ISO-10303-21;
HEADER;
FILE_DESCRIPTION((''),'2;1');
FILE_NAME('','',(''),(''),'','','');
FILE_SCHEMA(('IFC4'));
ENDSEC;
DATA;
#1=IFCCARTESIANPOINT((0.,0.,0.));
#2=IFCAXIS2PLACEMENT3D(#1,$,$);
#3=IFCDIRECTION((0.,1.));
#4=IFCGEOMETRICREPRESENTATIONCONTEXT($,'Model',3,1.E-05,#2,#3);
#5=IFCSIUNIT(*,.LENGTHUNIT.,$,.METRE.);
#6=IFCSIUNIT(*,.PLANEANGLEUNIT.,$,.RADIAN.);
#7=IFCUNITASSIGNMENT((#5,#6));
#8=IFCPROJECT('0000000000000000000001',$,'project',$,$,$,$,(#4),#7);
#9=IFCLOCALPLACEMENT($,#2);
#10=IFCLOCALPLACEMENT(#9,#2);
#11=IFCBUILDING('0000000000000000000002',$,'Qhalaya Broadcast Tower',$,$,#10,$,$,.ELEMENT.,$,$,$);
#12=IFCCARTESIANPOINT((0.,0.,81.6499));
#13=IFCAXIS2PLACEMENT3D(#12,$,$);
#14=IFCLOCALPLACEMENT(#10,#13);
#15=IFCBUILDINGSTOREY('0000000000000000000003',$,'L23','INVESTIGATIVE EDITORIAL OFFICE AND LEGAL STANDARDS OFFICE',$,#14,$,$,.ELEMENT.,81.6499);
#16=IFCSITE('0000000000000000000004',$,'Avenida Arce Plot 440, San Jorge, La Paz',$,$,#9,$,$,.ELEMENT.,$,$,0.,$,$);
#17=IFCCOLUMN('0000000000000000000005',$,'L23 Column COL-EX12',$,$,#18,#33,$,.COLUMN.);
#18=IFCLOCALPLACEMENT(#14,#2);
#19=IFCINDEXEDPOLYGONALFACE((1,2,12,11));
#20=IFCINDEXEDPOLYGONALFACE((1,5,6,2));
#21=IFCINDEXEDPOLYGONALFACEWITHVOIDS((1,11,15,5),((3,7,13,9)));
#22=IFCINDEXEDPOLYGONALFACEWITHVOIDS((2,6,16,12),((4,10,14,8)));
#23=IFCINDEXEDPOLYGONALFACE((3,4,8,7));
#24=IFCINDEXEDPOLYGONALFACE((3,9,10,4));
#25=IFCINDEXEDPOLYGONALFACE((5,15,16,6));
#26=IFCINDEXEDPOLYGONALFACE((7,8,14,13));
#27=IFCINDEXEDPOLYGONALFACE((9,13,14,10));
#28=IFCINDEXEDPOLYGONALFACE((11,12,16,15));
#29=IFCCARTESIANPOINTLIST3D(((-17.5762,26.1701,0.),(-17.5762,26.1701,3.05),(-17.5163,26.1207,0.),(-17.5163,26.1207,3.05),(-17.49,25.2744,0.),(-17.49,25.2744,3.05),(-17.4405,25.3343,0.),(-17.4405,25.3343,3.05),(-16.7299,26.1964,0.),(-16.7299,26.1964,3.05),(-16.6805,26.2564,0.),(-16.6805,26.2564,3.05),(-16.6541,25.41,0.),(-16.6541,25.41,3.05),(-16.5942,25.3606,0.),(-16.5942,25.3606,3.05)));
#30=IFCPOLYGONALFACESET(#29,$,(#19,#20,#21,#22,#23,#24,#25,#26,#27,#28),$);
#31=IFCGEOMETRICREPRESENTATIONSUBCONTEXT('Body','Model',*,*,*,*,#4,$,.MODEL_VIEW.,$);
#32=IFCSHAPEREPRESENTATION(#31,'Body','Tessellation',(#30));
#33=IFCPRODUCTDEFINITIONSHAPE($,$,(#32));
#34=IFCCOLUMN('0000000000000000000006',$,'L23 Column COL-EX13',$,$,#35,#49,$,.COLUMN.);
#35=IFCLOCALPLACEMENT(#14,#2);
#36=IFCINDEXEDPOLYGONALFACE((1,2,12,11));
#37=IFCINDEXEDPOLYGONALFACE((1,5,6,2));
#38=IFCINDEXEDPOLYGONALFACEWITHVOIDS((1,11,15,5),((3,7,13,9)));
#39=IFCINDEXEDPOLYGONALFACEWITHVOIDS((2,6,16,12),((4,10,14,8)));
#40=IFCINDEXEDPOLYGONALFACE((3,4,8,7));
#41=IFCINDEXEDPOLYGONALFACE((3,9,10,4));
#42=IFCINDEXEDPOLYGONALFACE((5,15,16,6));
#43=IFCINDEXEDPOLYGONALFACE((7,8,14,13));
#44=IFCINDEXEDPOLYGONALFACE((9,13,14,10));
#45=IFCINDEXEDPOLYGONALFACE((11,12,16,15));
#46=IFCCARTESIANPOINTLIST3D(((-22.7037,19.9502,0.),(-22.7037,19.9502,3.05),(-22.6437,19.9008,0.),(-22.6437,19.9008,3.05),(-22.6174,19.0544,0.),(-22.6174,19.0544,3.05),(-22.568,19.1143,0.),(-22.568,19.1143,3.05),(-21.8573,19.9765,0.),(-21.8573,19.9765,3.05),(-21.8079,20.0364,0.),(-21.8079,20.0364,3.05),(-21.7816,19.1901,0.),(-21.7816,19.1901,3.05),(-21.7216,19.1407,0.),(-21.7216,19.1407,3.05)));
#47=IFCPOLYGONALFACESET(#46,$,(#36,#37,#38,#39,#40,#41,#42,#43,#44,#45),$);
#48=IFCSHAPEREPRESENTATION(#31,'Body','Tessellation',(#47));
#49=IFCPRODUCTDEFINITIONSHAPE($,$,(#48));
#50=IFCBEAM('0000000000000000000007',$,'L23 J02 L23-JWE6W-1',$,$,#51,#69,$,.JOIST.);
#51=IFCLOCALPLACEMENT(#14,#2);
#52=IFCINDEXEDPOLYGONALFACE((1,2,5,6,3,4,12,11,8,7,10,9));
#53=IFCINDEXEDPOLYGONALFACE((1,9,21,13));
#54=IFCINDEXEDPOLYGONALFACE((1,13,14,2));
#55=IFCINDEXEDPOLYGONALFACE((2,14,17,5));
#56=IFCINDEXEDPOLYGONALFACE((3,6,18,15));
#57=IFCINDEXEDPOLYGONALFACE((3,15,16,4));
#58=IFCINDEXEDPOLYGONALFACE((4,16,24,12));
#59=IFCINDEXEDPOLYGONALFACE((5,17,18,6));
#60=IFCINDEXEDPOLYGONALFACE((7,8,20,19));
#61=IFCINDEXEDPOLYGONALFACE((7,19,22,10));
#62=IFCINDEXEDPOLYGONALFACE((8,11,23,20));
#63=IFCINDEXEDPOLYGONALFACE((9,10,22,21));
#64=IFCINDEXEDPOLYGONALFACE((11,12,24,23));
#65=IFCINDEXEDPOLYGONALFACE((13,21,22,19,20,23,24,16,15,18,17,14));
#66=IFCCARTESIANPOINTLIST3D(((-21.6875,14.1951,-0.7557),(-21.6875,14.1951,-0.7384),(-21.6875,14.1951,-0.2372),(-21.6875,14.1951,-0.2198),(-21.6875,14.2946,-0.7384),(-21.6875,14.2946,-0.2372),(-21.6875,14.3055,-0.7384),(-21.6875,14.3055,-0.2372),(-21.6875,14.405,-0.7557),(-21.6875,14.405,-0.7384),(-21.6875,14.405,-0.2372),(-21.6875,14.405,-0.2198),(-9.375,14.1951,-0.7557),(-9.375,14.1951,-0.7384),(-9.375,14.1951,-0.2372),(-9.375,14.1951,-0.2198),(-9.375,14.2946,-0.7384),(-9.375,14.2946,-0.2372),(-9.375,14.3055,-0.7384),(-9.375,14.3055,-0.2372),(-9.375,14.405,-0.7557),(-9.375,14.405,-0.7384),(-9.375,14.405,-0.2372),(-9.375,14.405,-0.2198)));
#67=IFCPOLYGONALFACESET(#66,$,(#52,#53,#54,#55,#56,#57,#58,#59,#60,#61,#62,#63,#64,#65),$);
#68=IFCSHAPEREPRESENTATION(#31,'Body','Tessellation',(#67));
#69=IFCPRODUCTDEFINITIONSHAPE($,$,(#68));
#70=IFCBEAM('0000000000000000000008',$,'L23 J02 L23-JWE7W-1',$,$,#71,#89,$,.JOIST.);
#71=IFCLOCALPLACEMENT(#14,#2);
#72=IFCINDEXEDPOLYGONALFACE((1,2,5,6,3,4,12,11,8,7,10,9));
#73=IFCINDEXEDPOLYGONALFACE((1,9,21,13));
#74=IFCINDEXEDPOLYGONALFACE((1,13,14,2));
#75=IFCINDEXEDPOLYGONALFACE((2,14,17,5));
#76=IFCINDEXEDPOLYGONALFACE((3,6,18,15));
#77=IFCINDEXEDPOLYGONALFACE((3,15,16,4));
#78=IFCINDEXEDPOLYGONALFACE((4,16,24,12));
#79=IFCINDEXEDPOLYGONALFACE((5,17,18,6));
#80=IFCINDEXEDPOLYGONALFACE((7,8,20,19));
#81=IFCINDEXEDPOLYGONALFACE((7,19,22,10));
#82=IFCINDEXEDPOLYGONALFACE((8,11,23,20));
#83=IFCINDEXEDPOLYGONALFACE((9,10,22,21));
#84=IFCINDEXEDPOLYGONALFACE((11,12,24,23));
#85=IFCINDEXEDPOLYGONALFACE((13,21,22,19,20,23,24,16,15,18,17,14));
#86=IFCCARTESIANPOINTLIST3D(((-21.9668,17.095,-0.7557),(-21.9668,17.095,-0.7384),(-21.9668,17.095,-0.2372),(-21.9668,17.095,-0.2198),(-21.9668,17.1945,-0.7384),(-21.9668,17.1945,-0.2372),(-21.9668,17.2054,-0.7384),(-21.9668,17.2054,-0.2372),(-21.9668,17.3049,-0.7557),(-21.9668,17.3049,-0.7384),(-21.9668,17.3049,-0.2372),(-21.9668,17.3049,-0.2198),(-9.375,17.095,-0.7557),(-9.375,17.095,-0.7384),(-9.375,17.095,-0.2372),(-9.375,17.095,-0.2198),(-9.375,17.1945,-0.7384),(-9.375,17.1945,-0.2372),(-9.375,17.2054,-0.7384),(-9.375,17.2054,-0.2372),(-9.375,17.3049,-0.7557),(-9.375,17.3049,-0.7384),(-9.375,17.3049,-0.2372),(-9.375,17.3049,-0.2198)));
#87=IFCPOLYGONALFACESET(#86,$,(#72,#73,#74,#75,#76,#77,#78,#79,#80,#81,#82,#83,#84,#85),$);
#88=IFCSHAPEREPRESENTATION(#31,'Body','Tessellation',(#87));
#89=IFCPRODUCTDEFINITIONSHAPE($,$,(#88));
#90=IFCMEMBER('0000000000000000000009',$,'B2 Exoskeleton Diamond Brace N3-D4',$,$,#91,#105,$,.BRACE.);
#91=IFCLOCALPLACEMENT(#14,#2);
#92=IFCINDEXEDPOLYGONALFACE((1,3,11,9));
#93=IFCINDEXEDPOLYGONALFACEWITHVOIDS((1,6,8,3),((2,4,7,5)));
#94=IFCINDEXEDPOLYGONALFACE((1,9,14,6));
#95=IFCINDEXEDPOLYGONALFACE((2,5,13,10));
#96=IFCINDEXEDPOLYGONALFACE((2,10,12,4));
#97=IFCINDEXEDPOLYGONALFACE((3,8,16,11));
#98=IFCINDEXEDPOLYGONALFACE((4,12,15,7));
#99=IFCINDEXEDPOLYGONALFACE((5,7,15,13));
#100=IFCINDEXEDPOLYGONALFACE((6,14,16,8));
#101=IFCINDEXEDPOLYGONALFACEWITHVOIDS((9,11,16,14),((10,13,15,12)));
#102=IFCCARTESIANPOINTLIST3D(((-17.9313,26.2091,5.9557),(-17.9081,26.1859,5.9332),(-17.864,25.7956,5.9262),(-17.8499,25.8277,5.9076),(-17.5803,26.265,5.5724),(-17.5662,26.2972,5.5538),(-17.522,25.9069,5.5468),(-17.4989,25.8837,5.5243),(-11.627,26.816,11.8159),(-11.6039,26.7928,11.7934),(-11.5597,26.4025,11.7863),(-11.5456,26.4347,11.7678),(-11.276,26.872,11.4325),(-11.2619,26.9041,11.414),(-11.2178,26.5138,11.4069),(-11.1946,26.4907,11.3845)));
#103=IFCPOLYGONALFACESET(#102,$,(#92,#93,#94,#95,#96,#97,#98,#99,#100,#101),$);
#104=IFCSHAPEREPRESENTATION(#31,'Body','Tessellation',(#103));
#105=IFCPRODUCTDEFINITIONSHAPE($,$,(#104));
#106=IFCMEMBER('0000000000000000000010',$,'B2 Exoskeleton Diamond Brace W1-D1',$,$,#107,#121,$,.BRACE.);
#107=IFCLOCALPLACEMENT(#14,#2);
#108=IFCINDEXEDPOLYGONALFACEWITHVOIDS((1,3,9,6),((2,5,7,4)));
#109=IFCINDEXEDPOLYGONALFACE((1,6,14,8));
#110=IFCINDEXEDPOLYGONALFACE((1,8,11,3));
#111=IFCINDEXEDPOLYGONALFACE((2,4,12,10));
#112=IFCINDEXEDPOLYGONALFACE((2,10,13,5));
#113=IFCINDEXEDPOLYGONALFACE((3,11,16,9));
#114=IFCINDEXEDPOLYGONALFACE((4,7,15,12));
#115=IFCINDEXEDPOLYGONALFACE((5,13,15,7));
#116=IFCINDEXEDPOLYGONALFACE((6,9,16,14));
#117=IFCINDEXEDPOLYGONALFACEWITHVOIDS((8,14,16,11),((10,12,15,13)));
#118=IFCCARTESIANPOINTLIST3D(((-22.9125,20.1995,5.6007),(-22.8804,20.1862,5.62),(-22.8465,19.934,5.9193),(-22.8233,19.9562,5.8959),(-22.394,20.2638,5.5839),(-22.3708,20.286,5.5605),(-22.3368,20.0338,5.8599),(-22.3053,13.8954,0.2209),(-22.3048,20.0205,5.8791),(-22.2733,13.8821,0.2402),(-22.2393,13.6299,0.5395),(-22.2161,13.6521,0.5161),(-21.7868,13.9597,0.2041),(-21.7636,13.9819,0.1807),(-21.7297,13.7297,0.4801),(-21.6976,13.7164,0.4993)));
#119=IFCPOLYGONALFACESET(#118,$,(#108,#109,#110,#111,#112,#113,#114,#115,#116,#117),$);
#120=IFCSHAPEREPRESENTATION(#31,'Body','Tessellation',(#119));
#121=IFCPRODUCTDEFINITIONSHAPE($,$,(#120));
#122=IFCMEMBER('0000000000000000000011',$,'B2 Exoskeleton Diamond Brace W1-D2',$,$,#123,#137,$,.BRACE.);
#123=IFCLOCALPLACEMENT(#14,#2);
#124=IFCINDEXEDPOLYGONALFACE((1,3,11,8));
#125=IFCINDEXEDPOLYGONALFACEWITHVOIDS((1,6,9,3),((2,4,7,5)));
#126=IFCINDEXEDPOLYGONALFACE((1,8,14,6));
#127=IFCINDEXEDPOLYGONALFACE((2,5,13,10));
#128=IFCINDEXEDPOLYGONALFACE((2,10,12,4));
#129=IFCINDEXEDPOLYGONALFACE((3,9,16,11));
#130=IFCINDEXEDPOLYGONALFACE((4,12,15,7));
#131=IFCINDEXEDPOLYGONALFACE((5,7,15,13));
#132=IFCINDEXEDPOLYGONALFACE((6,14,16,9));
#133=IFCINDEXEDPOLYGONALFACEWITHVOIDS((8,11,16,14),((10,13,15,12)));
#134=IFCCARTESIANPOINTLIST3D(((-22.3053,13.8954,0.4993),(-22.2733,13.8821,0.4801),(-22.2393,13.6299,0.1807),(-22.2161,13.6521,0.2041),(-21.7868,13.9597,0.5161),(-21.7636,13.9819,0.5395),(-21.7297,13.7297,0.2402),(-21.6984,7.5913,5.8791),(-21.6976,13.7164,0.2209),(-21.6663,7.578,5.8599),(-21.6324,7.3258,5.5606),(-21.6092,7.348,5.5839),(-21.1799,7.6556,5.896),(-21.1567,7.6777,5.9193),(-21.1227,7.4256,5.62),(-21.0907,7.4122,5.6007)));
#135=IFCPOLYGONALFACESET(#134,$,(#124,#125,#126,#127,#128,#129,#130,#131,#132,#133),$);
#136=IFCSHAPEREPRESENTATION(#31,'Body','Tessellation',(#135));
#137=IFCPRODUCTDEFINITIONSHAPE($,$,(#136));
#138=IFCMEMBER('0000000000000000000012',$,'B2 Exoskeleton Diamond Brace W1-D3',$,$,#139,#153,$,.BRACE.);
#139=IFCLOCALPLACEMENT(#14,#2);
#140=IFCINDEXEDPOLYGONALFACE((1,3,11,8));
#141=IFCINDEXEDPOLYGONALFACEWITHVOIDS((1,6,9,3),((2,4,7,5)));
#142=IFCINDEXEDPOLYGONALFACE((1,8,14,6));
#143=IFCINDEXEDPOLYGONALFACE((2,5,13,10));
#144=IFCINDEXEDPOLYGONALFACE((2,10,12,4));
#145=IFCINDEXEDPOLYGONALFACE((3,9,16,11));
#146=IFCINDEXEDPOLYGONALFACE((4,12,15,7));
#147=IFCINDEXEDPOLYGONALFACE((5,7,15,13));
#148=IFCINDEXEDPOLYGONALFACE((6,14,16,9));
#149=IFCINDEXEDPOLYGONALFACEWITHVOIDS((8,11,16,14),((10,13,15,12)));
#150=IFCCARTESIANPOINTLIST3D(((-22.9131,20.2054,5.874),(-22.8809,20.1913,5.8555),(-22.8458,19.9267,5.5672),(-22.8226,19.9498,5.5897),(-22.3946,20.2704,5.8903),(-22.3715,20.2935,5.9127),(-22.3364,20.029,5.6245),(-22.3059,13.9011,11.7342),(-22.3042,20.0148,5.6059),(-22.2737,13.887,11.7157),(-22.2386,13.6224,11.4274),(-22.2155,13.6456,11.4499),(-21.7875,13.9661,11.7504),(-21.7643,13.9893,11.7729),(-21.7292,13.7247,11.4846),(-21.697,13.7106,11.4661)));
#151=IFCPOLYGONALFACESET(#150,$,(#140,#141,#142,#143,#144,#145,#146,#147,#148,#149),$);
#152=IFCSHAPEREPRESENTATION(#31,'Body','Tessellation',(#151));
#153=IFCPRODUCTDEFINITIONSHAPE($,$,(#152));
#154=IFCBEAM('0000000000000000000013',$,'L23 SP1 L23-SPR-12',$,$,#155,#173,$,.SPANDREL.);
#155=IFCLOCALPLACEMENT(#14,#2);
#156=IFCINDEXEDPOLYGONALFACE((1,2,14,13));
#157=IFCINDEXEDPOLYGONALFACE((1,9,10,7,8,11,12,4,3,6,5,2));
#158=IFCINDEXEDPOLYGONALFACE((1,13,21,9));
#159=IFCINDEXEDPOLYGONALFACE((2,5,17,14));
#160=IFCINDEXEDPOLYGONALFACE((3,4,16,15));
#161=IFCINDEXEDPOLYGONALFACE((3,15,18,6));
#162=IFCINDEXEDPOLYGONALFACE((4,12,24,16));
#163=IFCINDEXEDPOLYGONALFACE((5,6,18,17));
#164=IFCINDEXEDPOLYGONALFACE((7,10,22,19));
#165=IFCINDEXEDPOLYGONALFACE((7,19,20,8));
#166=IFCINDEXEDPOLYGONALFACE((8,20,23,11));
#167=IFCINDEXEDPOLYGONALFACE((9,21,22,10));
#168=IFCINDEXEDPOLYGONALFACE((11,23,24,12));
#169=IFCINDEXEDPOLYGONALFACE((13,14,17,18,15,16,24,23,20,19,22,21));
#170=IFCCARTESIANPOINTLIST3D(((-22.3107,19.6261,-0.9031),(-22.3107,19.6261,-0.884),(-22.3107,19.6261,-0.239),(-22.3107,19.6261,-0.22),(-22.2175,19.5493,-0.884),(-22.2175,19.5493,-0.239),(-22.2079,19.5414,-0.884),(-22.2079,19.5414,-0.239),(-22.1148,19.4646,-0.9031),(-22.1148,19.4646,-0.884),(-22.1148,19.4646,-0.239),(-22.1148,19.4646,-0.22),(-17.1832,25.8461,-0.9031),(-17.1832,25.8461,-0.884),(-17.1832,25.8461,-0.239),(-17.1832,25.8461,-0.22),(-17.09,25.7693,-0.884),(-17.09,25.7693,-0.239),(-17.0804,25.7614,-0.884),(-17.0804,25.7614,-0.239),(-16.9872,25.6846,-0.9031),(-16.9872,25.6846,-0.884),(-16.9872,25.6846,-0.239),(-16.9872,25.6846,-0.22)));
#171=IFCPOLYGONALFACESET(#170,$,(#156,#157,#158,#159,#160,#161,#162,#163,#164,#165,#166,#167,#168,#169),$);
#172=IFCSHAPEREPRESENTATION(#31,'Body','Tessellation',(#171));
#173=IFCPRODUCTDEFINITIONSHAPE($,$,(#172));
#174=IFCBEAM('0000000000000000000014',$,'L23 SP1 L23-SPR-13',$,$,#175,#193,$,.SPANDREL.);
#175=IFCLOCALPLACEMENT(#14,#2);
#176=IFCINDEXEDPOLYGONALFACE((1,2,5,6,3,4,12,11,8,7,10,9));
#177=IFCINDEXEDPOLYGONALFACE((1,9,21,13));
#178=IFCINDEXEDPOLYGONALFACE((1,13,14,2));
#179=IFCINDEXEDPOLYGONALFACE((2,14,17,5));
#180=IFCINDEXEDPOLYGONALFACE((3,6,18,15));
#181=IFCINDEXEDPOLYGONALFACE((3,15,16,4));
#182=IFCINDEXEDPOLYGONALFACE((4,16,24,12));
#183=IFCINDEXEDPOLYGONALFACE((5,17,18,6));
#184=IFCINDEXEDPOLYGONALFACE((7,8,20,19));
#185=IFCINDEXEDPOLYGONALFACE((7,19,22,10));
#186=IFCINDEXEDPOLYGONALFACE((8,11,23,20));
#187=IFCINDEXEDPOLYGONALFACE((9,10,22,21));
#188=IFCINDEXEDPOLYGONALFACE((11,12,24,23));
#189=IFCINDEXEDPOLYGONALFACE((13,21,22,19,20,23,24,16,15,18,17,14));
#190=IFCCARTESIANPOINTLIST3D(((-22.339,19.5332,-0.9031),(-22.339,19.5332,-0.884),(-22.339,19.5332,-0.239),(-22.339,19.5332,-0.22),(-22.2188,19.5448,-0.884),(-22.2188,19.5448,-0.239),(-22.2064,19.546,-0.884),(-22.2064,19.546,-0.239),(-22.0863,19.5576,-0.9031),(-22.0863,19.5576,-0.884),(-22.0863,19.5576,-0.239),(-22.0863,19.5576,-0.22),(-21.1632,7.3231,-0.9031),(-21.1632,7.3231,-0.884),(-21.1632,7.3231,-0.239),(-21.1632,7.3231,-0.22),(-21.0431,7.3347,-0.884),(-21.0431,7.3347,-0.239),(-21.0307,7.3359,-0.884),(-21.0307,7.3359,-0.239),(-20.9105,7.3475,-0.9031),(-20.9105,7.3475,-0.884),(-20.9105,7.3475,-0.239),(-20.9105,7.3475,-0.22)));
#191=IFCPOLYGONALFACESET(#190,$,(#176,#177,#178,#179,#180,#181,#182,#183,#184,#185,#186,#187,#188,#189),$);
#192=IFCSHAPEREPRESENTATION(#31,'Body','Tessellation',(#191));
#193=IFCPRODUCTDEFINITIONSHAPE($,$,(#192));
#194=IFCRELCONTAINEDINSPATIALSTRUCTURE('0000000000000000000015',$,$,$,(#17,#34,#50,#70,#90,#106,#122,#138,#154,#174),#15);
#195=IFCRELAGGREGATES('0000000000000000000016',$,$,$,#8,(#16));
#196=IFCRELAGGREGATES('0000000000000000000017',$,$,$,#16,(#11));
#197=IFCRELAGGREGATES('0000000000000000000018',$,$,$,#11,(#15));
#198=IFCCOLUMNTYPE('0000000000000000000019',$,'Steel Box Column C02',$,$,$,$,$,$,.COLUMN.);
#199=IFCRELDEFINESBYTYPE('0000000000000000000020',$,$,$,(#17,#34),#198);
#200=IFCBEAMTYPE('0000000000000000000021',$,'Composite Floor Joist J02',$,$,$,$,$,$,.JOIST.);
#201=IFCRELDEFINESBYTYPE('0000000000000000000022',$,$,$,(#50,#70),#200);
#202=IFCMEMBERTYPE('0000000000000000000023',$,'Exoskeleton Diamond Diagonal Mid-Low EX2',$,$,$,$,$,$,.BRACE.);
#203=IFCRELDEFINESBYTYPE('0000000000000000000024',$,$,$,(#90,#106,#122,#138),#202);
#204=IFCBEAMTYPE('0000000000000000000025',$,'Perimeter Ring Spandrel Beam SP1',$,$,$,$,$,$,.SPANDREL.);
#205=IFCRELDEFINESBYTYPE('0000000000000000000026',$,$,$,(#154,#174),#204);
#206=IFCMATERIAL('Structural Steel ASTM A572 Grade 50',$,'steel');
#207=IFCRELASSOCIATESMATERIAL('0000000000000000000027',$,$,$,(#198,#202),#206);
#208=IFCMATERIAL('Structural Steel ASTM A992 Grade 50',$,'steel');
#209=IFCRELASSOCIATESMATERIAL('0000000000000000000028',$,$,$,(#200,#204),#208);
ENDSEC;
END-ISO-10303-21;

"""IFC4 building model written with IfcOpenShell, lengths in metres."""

from ifc_helpers import new_model, si_unit, direction, frame, origin, origin_2d, place, context, subcontext, project, spatial, hollow_rectangle, i_section, extrude, material, material_profile, profile_set, type_object, element, save


model = new_model("IFC4")

# Units and contexts
model_context = context("Model", 3, precision=1e-05, world=origin(), true_north=direction((0.0, 1.0)))
body_context = subcontext(model_context, "Body", "Model", "MODEL_VIEW")
ifc_project = project(units=[si_unit("LENGTHUNIT", "METRE"), si_unit("PLANEANGLEUNIT", "RADIAN")], contexts=[model_context])

# Site, building, storey
site_placement = place(None, origin())
site = spatial("IfcSite", under=ifc_project, at=site_placement, Name="Avenida Arce Plot 440, San Jorge, La Paz", CompositionType="ELEMENT", RefElevation=0.0)
building_placement = place(site_placement, origin())
building = spatial("IfcBuilding", under=site, at=building_placement, Name="Qhalaya Broadcast Tower", CompositionType="ELEMENT")
storey_placement = place(building_placement, frame((0.0, 0.0, 81.6499)))
storey = spatial("IfcBuildingStorey", under=building, at=storey_placement, Name="L23", Description="INVESTIGATIVE EDITORIAL OFFICE AND LEGAL STANDARDS OFFICE", CompositionType="ELEMENT", Elevation=81.6499)

# Columns
ifc_material_1 = material(Name="Structural Steel ASTM A572 Grade 50", Category="steel")
ifc_material_profile_1 = material_profile(ifc_material_1, hollow_rectangle(XDim=0.8999, YDim=0.8999, WallThickness=0.0549, at=origin_2d()), Name="BOX 900x900x55")
ifc_profile_set_1 = profile_set([ifc_material_profile_1], Name="Structural Steel ASTM A572 Grade 50")
column_type = type_object("IfcColumnType", Name="Steel Box Column C02", PredefinedType="COLUMN", material=ifc_profile_set_1)
for number, where, z_axis, x_axis, name in (
    (1, (-17.0852, 25.7654, 0.0), (0.0, 0.0, 1.0), (0.995396, 0.095846, 0.0), "L23 Column COL-EX12"),
    (2, (-22.2126, 19.5454, 0.0), (0.0, 0.0, 1.0), (-0.095846, 0.995396, 0.0), "L23 Column COL-EX13"),
):
    element("IfcColumn", number, at=place(storey_placement, frame(where, z_axis=z_axis, x_axis=x_axis)), inside=storey, type_object=column_type, Name=name, PredefinedType="COLUMN", context=body_context, shape_type="SweptSolid", body=[
        extrude(hollow_rectangle(XDim=0.8999, YDim=0.8999, WallThickness=0.0549, at=origin_2d()), origin(), (0.0, 0.0, 1.0), 3.05),
    ])

# Beams
ifc_material_2 = material(Name="Structural Steel ASTM A992 Grade 50", Category="steel")
ifc_material_profile_2 = material_profile(ifc_material_2, i_section(OverallWidth=0.21, OverallDepth=0.5359, WebThickness=0.011, FlangeThickness=0.0173, at=origin_2d()), Name="W21X68")
ifc_profile_set_2 = profile_set([ifc_material_profile_2], Name="Structural Steel ASTM A992 Grade 50")
beam_type_1 = type_object("IfcBeamType", Name="Composite Floor Joist J02", PredefinedType="JOIST", material=ifc_profile_set_2)
beam_1_placement = place(storey_placement, frame((-21.6875, 14.3, -0.4878), z_axis=(1.0, 0.0, 0.0), x_axis=(0.0, 1.0, 0.0)))
element("IfcBeam", 3, at=beam_1_placement, inside=storey, type_object=beam_type_1, Name="L23 J02 L23-JWE6W-1", PredefinedType="JOIST", context=body_context, shape_type="SweptSolid", body=[
    extrude(i_section(OverallWidth=0.21, OverallDepth=0.5359, WebThickness=0.011, FlangeThickness=0.0173, at=origin_2d()), origin(), (0.0, 0.0, 1.0), 12.3125),
])
beam_2_placement = place(storey_placement, frame((-21.9668, 17.2, -0.4878), z_axis=(1.0, 0.0, 0.0), x_axis=(0.0, 1.0, 0.0)))
element("IfcBeam", 4, at=beam_2_placement, inside=storey, type_object=beam_type_1, Name="L23 J02 L23-JWE7W-1", PredefinedType="JOIST", context=body_context, shape_type="SweptSolid", body=[
    extrude(i_section(OverallWidth=0.21, OverallDepth=0.5359, WebThickness=0.011, FlangeThickness=0.0173, at=origin_2d()), origin(), (0.0, 0.0, 1.0), 12.5918),
])

# Members
ifc_material_profile_3 = material_profile(ifc_material_1, hollow_rectangle(XDim=0.4199, YDim=0.55, WallThickness=0.0281, at=origin_2d()), Name="BOX 420x550x28")
ifc_profile_set_3 = profile_set([ifc_material_profile_3], Name="Structural Steel ASTM A572 Grade 50")
member_type_1 = type_object("IfcMemberType", Name="Exoskeleton Diamond Diagonal Mid-Low EX2", PredefinedType="BRACE", material=ifc_profile_set_3)
member_1_placement = place(storey_placement, frame((-17.7151, 26.0464, 5.74), z_axis=(0.73062, 0.07034, 0.679152), x_axis=(-0.160184, 0.984577, 0.070351)))
element("IfcMember", 5, at=member_1_placement, inside=storey, type_object=member_type_1, Name="B2 Exoskeleton Diamond Brace N3-D4", PredefinedType="BRACE", context=body_context, shape_type="SweptSolid", body=[
    extrude(hollow_rectangle(XDim=0.4199, YDim=0.55, WallThickness=0.0281, at=origin_2d()), origin(), (0.0, 0.0, 1.0), 8.6287),
])
for number, where, z_axis, x_axis, name in (
    (6, (-22.0015, 13.8059, 0.3601), (-0.073067, 0.758636, 0.647405), (0.157185, -0.632268, 0.758637), "B2 Exoskeleton Diamond Brace W1-D1"),
    (7, (-22.0015, 13.8059, 0.3601), (0.073037, -0.758637, 0.647406), (-0.157161, 0.632275, 0.758636), "B2 Exoskeleton Diamond Brace W1-D2"),
):
    element("IfcMember", number, at=place(storey_placement, frame(where, z_axis=z_axis, x_axis=x_axis)), inside=storey, type_object=member_type_1, Name=name, PredefinedType="BRACE", context=body_context, shape_type="SweptSolid", body=[
        extrude(hollow_rectangle(XDim=0.4199, YDim=0.55, WallThickness=0.0281, at=origin_2d()), origin(), (0.0, 0.0, 1.0), 8.3098),
    ])
member_2_placement = place(storey_placement, frame((-22.6086, 20.1101, 5.74), z_axis=(0.070368, -0.730618, 0.679151), x_axis=(-0.160214, 0.663721, 0.73062)))
element("IfcMember", 8, at=member_2_placement, inside=storey, type_object=member_type_1, Name="B2 Exoskeleton Diamond Brace W1-D3", PredefinedType="BRACE", context=body_context, shape_type="SweptSolid", body=[
    extrude(hollow_rectangle(XDim=0.4199, YDim=0.55, WallThickness=0.0281, at=origin_2d()), origin(), (0.0, 0.0, 1.0), 8.6287),
])

# Beams
ifc_material_profile_4 = material_profile(ifc_material_2, i_section(OverallWidth=0.2539, OverallDepth=0.6831, WebThickness=0.0125, FlangeThickness=0.019, at=origin_2d()), Name="W27X94")
ifc_profile_set_4 = profile_set([ifc_material_profile_4], Name="Structural Steel ASTM A992 Grade 50")
beam_type_2 = type_object("IfcBeamType", Name="Perimeter Ring Spandrel Beam SP1", PredefinedType="SPANDREL", material=ifc_profile_set_4)
beam_3_placement = place(storey_placement, frame((-17.0852, 25.7654, -0.5615), z_axis=(-0.636085, -0.771619, 0.0), x_axis=(0.771619, -0.636085, 0.0)))
element("IfcBeam", 9, at=beam_3_placement, inside=storey, type_object=beam_type_2, Name="L23 SP1 L23-SPR-12", PredefinedType="SPANDREL", context=body_context, shape_type="SweptSolid", body=[
    extrude(i_section(OverallWidth=0.2539, OverallDepth=0.6831, WebThickness=0.0125, FlangeThickness=0.019, at=origin_2d()), origin(), (0.0, 0.0, 1.0), 8.061),
])
beam_4_placement = place(storey_placement, frame((-22.2126, 19.5454, -0.5615), z_axis=(0.095852, -0.995396, 0.0), x_axis=(0.995396, 0.095852, 0.0)))
element("IfcBeam", 10, at=beam_4_placement, inside=storey, type_object=beam_type_2, Name="L23 SP1 L23-SPR-13", PredefinedType="SPANDREL", context=body_context, shape_type="SweptSolid", body=[
    extrude(i_section(OverallWidth=0.2539, OverallDepth=0.6831, WebThickness=0.0125, FlangeThickness=0.019, at=origin_2d()), origin(), (0.0, 0.0, 1.0), 12.2666),
])

save(model, "model.ifc")
